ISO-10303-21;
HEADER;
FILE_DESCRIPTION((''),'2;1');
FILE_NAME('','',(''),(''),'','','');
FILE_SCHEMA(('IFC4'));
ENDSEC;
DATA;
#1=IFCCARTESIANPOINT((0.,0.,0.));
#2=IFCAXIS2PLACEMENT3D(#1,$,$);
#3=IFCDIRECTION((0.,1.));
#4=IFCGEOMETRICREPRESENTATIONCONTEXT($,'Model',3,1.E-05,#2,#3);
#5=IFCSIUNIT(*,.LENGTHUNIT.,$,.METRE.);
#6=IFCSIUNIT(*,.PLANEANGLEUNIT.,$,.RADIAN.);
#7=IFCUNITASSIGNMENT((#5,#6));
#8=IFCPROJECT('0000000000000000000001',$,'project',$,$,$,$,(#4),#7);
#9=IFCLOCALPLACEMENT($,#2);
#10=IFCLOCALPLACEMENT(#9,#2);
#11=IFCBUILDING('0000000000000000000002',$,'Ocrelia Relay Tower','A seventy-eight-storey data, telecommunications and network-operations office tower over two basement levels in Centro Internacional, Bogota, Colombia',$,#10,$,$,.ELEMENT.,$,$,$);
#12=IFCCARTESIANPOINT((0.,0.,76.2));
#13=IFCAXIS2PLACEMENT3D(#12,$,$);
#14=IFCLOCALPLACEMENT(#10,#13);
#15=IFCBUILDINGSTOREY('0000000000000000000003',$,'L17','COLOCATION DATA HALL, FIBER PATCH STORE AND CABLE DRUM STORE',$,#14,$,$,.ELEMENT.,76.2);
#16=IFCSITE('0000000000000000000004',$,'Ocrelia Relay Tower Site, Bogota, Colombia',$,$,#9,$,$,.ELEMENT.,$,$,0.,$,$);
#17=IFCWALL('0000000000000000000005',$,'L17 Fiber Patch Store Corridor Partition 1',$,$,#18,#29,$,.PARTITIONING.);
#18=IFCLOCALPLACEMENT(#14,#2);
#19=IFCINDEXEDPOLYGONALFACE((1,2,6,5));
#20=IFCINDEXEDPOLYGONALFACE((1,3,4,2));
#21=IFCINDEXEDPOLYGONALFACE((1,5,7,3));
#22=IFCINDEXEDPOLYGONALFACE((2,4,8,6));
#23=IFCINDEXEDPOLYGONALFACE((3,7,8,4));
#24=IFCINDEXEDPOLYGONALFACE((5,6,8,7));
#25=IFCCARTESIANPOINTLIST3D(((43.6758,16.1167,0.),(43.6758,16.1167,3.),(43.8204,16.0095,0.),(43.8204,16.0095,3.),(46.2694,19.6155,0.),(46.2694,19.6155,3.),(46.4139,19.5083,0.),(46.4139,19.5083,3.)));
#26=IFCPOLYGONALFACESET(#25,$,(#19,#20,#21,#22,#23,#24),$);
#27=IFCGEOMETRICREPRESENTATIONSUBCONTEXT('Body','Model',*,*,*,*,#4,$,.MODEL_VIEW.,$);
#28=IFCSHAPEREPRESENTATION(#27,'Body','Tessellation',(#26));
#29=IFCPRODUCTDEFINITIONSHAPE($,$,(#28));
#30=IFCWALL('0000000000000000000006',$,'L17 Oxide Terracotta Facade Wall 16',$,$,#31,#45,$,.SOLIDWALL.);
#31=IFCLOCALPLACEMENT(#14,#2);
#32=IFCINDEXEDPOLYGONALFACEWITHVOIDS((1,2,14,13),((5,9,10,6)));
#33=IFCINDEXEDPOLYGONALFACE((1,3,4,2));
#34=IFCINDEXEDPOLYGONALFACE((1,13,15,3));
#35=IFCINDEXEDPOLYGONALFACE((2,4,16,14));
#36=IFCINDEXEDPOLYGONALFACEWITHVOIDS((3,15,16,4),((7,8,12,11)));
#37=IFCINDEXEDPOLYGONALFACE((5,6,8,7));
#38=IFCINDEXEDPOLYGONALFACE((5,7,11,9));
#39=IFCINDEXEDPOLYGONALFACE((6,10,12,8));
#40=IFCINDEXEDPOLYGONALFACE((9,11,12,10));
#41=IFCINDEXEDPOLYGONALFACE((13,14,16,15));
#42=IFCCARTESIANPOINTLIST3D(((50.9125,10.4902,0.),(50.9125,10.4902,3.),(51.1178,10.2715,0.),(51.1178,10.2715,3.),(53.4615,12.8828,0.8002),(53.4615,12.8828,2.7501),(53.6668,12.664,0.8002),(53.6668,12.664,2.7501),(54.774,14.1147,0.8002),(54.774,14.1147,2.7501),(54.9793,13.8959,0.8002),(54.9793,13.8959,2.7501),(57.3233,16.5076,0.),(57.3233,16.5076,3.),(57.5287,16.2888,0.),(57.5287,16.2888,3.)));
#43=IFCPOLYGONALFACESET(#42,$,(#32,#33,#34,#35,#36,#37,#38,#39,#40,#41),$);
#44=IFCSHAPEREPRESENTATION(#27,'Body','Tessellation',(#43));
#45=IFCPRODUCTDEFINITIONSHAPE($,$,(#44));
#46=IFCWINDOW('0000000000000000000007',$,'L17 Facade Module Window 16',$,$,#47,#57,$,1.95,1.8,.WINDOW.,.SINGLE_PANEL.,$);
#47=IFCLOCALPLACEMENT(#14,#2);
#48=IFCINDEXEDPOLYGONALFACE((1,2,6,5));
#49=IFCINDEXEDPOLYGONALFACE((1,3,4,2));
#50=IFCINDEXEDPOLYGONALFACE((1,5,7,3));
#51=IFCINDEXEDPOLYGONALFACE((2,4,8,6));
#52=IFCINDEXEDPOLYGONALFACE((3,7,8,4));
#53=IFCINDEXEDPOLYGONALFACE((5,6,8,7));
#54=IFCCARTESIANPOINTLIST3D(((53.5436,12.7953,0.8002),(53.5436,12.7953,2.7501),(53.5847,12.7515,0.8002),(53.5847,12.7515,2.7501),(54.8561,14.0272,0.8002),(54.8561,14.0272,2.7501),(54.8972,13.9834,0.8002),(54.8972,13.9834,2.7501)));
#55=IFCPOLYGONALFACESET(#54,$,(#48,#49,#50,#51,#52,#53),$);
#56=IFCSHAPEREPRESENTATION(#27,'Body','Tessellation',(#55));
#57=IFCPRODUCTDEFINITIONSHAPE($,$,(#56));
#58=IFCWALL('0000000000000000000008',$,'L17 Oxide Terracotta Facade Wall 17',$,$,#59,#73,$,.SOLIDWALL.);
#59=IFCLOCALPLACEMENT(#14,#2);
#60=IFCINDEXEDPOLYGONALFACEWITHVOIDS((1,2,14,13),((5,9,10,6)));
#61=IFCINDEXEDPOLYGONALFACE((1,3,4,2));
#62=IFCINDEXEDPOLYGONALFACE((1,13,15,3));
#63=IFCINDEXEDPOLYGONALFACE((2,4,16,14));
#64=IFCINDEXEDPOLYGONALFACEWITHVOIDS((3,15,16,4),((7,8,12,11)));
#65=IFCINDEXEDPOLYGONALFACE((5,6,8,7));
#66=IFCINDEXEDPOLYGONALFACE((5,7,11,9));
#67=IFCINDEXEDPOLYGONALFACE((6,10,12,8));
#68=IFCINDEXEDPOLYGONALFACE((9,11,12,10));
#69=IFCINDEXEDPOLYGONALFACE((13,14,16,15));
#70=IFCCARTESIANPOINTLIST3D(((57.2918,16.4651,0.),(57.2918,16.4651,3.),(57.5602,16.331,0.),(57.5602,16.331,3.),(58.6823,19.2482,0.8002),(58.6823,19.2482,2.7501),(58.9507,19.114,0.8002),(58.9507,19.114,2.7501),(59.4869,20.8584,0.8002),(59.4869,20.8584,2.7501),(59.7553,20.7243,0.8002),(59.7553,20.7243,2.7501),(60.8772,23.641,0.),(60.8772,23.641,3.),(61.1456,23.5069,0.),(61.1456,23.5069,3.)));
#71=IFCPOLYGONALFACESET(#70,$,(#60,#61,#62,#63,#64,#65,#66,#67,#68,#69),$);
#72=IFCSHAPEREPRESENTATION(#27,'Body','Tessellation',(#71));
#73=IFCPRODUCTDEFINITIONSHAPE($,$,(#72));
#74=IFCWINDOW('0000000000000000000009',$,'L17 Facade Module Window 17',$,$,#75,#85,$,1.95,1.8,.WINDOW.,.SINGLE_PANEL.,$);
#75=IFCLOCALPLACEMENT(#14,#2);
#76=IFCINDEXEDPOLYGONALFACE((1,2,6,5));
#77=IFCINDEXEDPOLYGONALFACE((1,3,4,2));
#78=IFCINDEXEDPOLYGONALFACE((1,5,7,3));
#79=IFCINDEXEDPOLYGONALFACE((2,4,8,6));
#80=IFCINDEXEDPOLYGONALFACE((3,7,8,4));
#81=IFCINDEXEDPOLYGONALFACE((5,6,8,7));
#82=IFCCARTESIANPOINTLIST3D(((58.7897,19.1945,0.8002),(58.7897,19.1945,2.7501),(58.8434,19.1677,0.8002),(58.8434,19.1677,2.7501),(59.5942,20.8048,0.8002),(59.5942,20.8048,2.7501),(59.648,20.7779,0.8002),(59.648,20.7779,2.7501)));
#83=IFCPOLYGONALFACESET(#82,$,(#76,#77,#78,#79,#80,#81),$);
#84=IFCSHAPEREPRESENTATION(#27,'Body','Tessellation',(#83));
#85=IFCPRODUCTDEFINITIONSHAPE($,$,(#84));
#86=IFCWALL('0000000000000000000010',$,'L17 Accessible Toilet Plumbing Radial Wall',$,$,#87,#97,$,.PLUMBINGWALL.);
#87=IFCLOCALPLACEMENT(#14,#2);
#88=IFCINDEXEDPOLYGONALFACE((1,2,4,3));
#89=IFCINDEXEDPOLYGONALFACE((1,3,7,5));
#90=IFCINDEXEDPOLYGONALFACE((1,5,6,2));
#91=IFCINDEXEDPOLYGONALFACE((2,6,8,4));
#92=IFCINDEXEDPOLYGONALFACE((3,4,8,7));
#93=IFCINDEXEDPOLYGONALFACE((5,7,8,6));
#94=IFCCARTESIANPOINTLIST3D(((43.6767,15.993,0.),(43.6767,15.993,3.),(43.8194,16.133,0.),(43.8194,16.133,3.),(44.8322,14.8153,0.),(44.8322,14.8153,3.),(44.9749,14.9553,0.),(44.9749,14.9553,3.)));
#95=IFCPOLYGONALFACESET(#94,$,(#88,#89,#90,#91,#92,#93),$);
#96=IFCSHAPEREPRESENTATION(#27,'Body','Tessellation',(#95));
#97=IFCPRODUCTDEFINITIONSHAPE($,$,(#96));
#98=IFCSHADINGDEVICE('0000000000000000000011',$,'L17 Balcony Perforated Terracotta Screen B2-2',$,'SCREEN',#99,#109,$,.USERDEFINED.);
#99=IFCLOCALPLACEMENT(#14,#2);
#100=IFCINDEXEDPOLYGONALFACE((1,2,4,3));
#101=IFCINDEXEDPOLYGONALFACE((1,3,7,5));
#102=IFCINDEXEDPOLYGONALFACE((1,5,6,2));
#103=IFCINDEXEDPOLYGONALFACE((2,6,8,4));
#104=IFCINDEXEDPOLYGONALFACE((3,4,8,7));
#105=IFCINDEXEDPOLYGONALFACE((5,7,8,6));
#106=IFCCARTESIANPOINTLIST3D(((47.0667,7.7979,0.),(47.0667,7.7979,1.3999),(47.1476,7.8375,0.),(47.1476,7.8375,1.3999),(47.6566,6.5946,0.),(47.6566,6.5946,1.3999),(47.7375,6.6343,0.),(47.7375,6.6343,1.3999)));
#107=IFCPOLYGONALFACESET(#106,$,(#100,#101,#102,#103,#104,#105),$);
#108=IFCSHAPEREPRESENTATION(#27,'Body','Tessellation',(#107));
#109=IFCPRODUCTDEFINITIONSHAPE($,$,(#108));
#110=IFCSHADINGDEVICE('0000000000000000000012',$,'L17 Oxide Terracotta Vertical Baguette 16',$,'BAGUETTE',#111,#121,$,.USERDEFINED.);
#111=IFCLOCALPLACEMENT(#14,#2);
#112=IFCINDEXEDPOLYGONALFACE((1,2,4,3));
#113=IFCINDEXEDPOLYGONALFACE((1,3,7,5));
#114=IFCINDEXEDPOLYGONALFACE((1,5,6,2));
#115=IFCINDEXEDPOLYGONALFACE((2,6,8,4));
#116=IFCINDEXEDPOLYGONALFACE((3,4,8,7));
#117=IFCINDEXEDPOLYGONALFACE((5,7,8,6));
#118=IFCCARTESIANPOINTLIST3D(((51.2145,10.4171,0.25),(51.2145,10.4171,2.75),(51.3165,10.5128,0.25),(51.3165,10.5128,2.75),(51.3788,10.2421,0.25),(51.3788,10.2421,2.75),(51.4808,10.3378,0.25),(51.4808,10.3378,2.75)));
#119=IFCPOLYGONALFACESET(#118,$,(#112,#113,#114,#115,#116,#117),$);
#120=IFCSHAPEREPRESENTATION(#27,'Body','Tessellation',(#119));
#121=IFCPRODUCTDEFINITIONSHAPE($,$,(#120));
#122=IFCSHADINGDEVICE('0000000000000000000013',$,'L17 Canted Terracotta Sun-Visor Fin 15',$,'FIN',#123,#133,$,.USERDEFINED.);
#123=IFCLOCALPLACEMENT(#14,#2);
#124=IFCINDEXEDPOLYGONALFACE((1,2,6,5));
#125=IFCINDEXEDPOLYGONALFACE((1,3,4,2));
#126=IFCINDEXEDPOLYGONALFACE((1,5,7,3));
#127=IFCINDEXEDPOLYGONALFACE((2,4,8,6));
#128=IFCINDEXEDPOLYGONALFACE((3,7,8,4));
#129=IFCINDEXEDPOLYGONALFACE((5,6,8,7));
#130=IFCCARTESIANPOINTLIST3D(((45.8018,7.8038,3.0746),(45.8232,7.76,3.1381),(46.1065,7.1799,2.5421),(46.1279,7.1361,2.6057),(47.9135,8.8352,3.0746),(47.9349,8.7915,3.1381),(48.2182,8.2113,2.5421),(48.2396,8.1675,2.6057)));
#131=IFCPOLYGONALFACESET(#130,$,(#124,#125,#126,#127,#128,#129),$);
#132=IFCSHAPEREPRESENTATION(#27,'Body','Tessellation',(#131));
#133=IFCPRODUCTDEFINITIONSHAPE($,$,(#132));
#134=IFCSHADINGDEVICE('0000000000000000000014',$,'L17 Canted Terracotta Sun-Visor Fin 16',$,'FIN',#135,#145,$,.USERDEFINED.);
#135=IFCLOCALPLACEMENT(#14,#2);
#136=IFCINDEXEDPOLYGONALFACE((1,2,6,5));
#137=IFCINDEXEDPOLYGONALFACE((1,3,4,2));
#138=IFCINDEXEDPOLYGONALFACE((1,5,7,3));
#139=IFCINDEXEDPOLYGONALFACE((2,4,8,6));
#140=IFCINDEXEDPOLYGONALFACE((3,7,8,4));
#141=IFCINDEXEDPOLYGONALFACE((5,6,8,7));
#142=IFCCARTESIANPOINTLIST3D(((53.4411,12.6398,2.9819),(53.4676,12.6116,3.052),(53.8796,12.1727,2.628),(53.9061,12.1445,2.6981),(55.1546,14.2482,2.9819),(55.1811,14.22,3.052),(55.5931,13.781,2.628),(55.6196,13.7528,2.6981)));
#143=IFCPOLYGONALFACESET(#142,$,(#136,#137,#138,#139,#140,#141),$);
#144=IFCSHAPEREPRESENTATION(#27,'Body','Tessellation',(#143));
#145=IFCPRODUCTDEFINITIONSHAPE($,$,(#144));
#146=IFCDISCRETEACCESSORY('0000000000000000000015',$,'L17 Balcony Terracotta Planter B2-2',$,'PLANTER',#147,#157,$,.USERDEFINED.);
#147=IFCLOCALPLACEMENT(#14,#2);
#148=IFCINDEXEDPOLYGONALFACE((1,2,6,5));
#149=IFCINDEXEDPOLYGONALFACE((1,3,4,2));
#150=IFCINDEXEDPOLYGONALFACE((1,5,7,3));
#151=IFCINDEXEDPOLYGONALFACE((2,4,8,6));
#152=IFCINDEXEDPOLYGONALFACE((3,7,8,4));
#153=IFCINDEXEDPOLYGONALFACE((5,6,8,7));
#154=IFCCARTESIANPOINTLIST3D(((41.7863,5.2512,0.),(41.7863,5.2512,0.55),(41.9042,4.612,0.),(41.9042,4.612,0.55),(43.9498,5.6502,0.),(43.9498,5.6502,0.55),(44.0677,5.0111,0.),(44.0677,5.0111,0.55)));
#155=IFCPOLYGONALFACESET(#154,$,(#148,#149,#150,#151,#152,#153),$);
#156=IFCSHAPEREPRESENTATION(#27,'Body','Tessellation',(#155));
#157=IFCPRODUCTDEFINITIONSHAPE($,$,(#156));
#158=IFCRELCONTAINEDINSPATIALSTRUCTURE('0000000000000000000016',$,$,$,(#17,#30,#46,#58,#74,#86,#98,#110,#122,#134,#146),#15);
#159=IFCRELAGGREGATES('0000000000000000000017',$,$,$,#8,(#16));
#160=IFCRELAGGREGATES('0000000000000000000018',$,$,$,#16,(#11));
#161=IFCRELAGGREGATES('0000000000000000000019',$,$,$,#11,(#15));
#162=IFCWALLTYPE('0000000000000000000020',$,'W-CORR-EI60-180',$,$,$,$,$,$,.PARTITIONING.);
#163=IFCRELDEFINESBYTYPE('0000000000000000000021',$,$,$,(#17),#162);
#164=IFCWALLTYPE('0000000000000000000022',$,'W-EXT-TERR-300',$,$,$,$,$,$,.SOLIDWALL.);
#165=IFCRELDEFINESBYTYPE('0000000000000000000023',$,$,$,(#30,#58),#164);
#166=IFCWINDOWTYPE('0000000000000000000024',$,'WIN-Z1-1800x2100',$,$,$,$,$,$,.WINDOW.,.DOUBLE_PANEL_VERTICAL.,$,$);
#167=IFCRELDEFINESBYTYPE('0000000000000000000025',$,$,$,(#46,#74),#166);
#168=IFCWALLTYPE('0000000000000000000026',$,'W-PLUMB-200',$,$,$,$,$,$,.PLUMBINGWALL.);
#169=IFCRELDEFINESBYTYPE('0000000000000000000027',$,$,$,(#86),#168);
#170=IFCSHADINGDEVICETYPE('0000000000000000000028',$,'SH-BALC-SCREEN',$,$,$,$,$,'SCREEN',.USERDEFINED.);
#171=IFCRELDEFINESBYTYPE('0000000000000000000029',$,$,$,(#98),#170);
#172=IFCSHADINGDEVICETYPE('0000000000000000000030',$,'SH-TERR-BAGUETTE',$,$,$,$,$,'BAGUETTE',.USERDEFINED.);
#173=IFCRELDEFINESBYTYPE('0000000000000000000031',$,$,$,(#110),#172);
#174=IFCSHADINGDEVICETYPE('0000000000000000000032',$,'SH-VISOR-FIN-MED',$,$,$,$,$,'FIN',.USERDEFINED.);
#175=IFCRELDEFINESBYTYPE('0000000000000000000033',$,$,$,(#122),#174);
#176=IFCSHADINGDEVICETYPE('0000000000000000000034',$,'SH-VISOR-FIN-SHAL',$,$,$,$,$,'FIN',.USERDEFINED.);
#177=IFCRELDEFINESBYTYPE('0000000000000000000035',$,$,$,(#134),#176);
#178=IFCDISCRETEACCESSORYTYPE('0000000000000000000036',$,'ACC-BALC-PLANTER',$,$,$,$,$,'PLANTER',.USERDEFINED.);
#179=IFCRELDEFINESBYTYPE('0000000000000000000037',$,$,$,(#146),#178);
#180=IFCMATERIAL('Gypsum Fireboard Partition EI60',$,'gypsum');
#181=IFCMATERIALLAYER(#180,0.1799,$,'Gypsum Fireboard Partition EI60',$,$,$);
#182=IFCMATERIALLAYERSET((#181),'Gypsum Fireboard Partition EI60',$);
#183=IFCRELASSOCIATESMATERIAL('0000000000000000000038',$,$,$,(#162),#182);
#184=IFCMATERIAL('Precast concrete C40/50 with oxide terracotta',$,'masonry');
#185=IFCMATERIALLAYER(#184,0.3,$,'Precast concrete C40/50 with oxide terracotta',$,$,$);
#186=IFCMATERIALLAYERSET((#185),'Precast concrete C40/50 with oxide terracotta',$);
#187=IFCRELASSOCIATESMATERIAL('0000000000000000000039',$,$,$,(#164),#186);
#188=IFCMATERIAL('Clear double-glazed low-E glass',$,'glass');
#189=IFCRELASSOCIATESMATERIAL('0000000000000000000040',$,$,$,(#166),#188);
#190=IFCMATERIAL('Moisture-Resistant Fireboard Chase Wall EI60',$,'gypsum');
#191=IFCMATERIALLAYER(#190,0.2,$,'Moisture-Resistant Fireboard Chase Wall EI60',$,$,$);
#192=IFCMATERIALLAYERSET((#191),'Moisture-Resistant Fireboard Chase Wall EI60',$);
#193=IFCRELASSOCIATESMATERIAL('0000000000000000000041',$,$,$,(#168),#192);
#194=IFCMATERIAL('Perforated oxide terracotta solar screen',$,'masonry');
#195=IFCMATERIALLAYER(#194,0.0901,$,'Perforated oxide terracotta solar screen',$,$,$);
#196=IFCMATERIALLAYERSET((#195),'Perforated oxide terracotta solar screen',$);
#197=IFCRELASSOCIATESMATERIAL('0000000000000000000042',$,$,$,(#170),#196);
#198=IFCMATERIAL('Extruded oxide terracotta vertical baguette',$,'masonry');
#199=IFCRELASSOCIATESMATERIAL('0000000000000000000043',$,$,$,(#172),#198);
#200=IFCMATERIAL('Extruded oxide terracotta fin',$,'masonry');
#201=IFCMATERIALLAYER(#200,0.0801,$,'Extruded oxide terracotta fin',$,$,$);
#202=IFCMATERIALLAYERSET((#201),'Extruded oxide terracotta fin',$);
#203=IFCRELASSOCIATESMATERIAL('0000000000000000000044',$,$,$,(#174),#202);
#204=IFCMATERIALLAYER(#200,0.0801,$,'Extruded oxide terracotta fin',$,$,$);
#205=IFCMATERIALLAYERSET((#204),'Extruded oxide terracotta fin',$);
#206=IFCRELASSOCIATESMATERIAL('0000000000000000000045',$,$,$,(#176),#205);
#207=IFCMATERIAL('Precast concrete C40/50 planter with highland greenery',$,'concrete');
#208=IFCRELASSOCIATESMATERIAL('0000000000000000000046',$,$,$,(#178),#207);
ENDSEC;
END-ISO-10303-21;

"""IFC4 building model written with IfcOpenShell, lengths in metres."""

from ifc_helpers import new_model, si_unit, direction, frame, frame_2d, origin, origin_2d, place, context, subcontext, project, spatial, rectangle, extrude, material, layer, layer_set, type_object, element, fill, save


model = new_model("IFC4")

# Units and contexts
model_context = context("Model", 3, precision=1e-05, world=origin(), true_north=direction((0.0, 1.0)))
body_context = subcontext(model_context, "Body", "Model", "MODEL_VIEW")
ifc_project = project(units=[si_unit("LENGTHUNIT", "METRE"), si_unit("PLANEANGLEUNIT", "RADIAN")], contexts=[model_context])

# Site, building, storey
site_placement = place(None, origin())
site = spatial("IfcSite", under=ifc_project, at=site_placement, Name="Ocrelia Relay Tower Site, Bogota, Colombia", CompositionType="ELEMENT", RefElevation=0.0)
building_placement = place(site_placement, origin())
building = spatial("IfcBuilding", under=site, at=building_placement, Name="Ocrelia Relay Tower", Description="A seventy-eight-storey data, telecommunications and network-operations office tower over two basement levels in Centro Internacional, Bogota, Colombia", CompositionType="ELEMENT")
storey_placement = place(building_placement, frame((0.0, 0.0, 76.2)))
storey = spatial("IfcBuildingStorey", under=building, at=storey_placement, Name="L17", Description="COLOCATION DATA HALL, FIBER PATCH STORE AND CABLE DRUM STORE", CompositionType="ELEMENT", Elevation=76.2)

# Wall
ifc_material_1 = material(Name="Gypsum Fireboard Partition EI60", Category="gypsum")
ifc_layer_1 = layer(ifc_material_1, 0.1799, Name="Gypsum Fireboard Partition EI60")
ifc_layer_set_1 = layer_set([ifc_layer_1], Name="Gypsum Fireboard Partition EI60")
wall_type_1 = type_object("IfcWallType", Name="W-CORR-EI60-180", PredefinedType="PARTITIONING", material=ifc_layer_set_1)
wall_1_placement = place(storey_placement, frame((43.748, 16.063, 0.0), z_axis=(0.0, 0.0, 1.0), x_axis=(0.595497, 0.803358, 0.0)))
element("IfcWall", 1, at=wall_1_placement, inside=storey, type_object=wall_type_1, Name="L17 Fiber Patch Store Corridor Partition 1", PredefinedType="PARTITIONING", context=body_context, shape_type="SweptSolid", body=[
    extrude(rectangle(XDim=4.3552, YDim=0.1799, at=frame_2d((2.1777, 0.0))), origin(), (0.0, 0.0, 1.0), 3.0),
])

# Walls, openings, windows
ifc_material_2 = material(Name="Precast concrete C40/50 with oxide terracotta", Category="masonry")
ifc_layer_2 = layer(ifc_material_2, 0.3, Name="Precast concrete C40/50 with oxide terracotta")
ifc_layer_set_2 = layer_set([ifc_layer_2], Name="Precast concrete C40/50 with oxide terracotta")
wall_type_2 = type_object("IfcWallType", Name="W-EXT-TERR-300", PredefinedType="SOLIDWALL", material=ifc_layer_set_2)
wall_2_placement = place(storey_placement, frame((51.0151, 10.3809, 0.0), z_axis=(0.0, 0.0, 1.0), x_axis=(0.729133, 0.684372, 0.0)))
wall_2 = element("IfcWall", 2, at=wall_2_placement, inside=storey, type_object=wall_type_2, Name="L17 Oxide Terracotta Facade Wall 16", PredefinedType="SOLIDWALL", context=body_context, shape_type="SweptSolid", body=[
    extrude(rectangle(XDim=8.7925, YDim=0.3, at=frame_2d((4.3962, 0.0))), origin(), (0.0, 0.0, 1.0), 3.0),
])
opening_1_placement = place(wall_2_placement, frame((3.4961, 0.0, 0.8)))
opening_1 = element("IfcOpeningElement", 3, at=opening_1_placement, cuts=wall_2, PredefinedType="OPENING", context=body_context, shape_type="SweptSolid", body=[
    extrude(rectangle(XDim=1.8, YDim=1.95, at=frame_2d((0.8999, 0.9751))), frame((0.0, 0.1602, 0.0), z_axis=(0.0, -1.0, 0.0), x_axis=(1.0, 0.0, 0.0)), (0.0, 0.0, 1.0), 0.3201),
])
ifc_material_3 = material(Name="Clear double-glazed low-E glass", Category="glass")
window_type = type_object("IfcWindowType", Name="WIN-Z1-1800x2100", PartitioningType="DOUBLE_PANEL_VERTICAL", PredefinedType="WINDOW", material=ifc_material_3)
window_1_placement = place(opening_1_placement, origin())
window_1 = element("IfcWindow", 4, at=window_1_placement, inside=storey, type_object=window_type, Name="L17 Facade Module Window 16", OverallHeight=1.95, OverallWidth=1.8, PartitioningType="SINGLE_PANEL", PredefinedType="WINDOW", context=body_context, shape_type="SweptSolid", body=[
    extrude(rectangle(XDim=1.8, YDim=1.95, at=frame_2d((0.8999, 0.9751))), frame((0.0, 0.03, 0.0), z_axis=(0.0, -1.0, 0.0), x_axis=(1.0, 0.0, 0.0)), (0.0, 0.0, 1.0), 0.0601),
])
fill(opening_1, window_1)
wall_3_placement = place(storey_placement, frame((57.426, 16.3982, 0.0), z_axis=(0.0, 0.0, 1.0), x_axis=(0.44697, 0.894549, 0.0)))
wall_3 = element("IfcWall", 5, at=wall_3_placement, inside=storey, type_object=wall_type_2, Name="L17 Oxide Terracotta Facade Wall 17", PredefinedType="SOLIDWALL", context=body_context, shape_type="SweptSolid", body=[
    extrude(rectangle(XDim=8.0217, YDim=0.3, at=frame_2d((4.0107, 0.0))), origin(), (0.0, 0.0, 1.0), 3.0),
])
opening_2_placement = place(wall_3_placement, frame((3.1111, 0.0, 0.8)))
opening_2 = element("IfcOpeningElement", 6, at=opening_2_placement, cuts=wall_3, PredefinedType="OPENING", context=body_context, shape_type="SweptSolid", body=[
    extrude(rectangle(XDim=1.8, YDim=1.95, at=frame_2d((0.8999, 0.9751))), frame((0.0, 0.1602, 0.0), z_axis=(0.0, -1.0, 0.0), x_axis=(1.0, 0.0, 0.0)), (0.0, 0.0, 1.0), 0.3201),
])
window_2_placement = place(opening_2_placement, origin())
window_2 = element("IfcWindow", 7, at=window_2_placement, inside=storey, type_object=window_type, Name="L17 Facade Module Window 17", OverallHeight=1.95, OverallWidth=1.8, PartitioningType="SINGLE_PANEL", PredefinedType="WINDOW", context=body_context, shape_type="SweptSolid", body=[
    extrude(rectangle(XDim=1.8, YDim=1.95, at=frame_2d((0.8999, 0.9751))), frame((0.0, 0.03, 0.0), z_axis=(0.0, -1.0, 0.0), x_axis=(1.0, 0.0, 0.0)), (0.0, 0.0, 1.0), 0.0601),
])
fill(opening_2, window_2)

# Wall
ifc_material_4 = material(Name="Moisture-Resistant Fireboard Chase Wall EI60", Category="gypsum")
ifc_layer_3 = layer(ifc_material_4, 0.2, Name="Moisture-Resistant Fireboard Chase Wall EI60")
ifc_layer_set_3 = layer_set([ifc_layer_3], Name="Moisture-Resistant Fireboard Chase Wall EI60")
wall_type_3 = type_object("IfcWallType", Name="W-PLUMB-200", PredefinedType="PLUMBINGWALL", material=ifc_layer_set_3)
wall_4_placement = place(storey_placement, frame((43.748, 16.063, 0.0), z_axis=(0.0, 0.0, 1.0), x_axis=(0.700342, -0.713807, 0.0)))
element("IfcWall", 8, at=wall_4_placement, inside=storey, type_object=wall_type_3, Name="L17 Accessible Toilet Plumbing Radial Wall", PredefinedType="PLUMBINGWALL", context=body_context, shape_type="SweptSolid", body=[
    extrude(rectangle(XDim=1.6499, YDim=0.2, at=frame_2d((0.825, 0.0))), origin(), (0.0, 0.0, 1.0), 3.0),
])

# Shading devices
ifc_material_5 = material(Name="Perforated oxide terracotta solar screen", Category="masonry")
ifc_layer_4 = layer(ifc_material_5, 0.0901, Name="Perforated oxide terracotta solar screen")
ifc_layer_set_4 = layer_set([ifc_layer_4], Name="Perforated oxide terracotta solar screen")
shading_device_type_1 = type_object("IfcShadingDeviceType", Name="SH-BALC-SCREEN", ElementType="SCREEN", PredefinedType="USERDEFINED", material=ifc_layer_set_4)
shading_device_1_placement = place(storey_placement, frame((47.4021, 7.2161, 0.0), z_axis=(0.0, 0.0, 1.0), x_axis=(0.440196, -0.897902, 0.0)))
element("IfcShadingDevice", 9, at=shading_device_1_placement, inside=storey, type_object=shading_device_type_1, Name="L17 Balcony Perforated Terracotta Screen B2-2", ObjectType="SCREEN", PredefinedType="USERDEFINED", context=body_context, shape_type="SweptSolid", body=[
    extrude(rectangle(XDim=1.3401, YDim=0.0901, at=origin_2d()), origin(), (0.0, 0.0, 1.0), 1.3999),
])
ifc_material_6 = material(Name="Extruded oxide terracotta vertical baguette", Category="masonry")
shading_device_type_2 = type_object("IfcShadingDeviceType", Name="SH-TERR-BAGUETTE", ElementType="BAGUETTE", PredefinedType="USERDEFINED", material=ifc_material_6)
shading_device_2_placement = place(storey_placement, frame((51.3477, 10.3774, 0.25), z_axis=(0.0, 0.0, 1.0), x_axis=(0.729124, 0.684382, 0.0)))
element("IfcShadingDevice", 10, at=shading_device_2_placement, inside=storey, type_object=shading_device_type_2, Name="L17 Oxide Terracotta Vertical Baguette 16", ObjectType="BAGUETTE", PredefinedType="USERDEFINED", context=body_context, shape_type="SweptSolid", body=[
    extrude(rectangle(XDim=0.1399, YDim=0.24, at=origin_2d()), origin(), (0.0, 0.0, 1.0), 2.5),
])
ifc_material_7 = material(Name="Extruded oxide terracotta fin", Category="masonry")
ifc_layer_5 = layer(ifc_material_7, 0.0801, Name="Extruded oxide terracotta fin")
ifc_layer_set_5 = layer_set([ifc_layer_5], Name="Extruded oxide terracotta fin")
shading_device_type_3 = type_object("IfcShadingDeviceType", Name="SH-VISOR-FIN-MED", ElementType="FIN", PredefinedType="USERDEFINED", material=ifc_layer_set_5)
shading_device_3_placement = place(storey_placement, frame((47.01, 8.0076, 2.8083), z_axis=(0.267051, -0.546751, 0.793566), x_axis=(0.898546, 0.438879, 0.0)))
element("IfcShadingDevice", 11, at=shading_device_3_placement, inside=storey, type_object=shading_device_type_3, Name="L17 Canted Terracotta Sun-Visor Fin 15", ObjectType="FIN", PredefinedType="USERDEFINED", context=body_context, shape_type="SweptSolid", body=[
    extrude(rectangle(XDim=2.3501, YDim=0.875, at=origin_2d()), origin(), (0.0, 0.0, 1.0), 0.0801),
])
ifc_layer_6 = layer(ifc_material_7, 0.0801, Name="Extruded oxide terracotta fin")
ifc_layer_set_6 = layer_set([ifc_layer_6], Name="Extruded oxide terracotta fin")
shading_device_type_4 = type_object("IfcShadingDeviceType", Name="SH-VISOR-FIN-SHAL", ElementType="FIN", PredefinedType="USERDEFINED", material=ifc_layer_set_6)
shading_device_4_placement = place(storey_placement, frame((54.5171, 13.2104, 2.8049), z_axis=(0.330854, -0.352484, 0.87538), x_axis=(0.729124, 0.684382, 0.0)))
element("IfcShadingDevice", 12, at=shading_device_4_placement, inside=storey, type_object=shading_device_type_4, Name="L17 Canted Terracotta Sun-Visor Fin 16", ObjectType="FIN", PredefinedType="USERDEFINED", context=body_context, shape_type="SweptSolid", body=[
    extrude(rectangle(XDim=2.3501, YDim=0.7319, at=origin_2d()), origin(), (0.0, 0.0, 1.0), 0.0801),
])

# Discrete accessory
ifc_material_8 = material(Name="Precast concrete C40/50 planter with highland greenery", Category="concrete")
discrete_accessory_type_1 = type_object("IfcDiscreteAccessoryType", Name="ACC-BALC-PLANTER", ElementType="PLANTER", PredefinedType="USERDEFINED", material=ifc_material_8)
discrete_accessory_placement = place(storey_placement, frame((42.927, 5.1311, 0.0), z_axis=(0.0, 0.0, 1.0), x_axis=(-0.983413, -0.181381, 0.0)))
element("IfcDiscreteAccessory", 13, at=discrete_accessory_placement, inside=storey, type_object=discrete_accessory_type_1, Name="L17 Balcony Terracotta Planter B2-2", ObjectType="PLANTER", PredefinedType="USERDEFINED", context=body_context, shape_type="SweptSolid", body=[
    extrude(rectangle(XDim=2.2, YDim=0.6499, at=origin_2d()), origin(), (0.0, 0.0, 1.0), 0.55),
])

save(model, "model.ifc")
